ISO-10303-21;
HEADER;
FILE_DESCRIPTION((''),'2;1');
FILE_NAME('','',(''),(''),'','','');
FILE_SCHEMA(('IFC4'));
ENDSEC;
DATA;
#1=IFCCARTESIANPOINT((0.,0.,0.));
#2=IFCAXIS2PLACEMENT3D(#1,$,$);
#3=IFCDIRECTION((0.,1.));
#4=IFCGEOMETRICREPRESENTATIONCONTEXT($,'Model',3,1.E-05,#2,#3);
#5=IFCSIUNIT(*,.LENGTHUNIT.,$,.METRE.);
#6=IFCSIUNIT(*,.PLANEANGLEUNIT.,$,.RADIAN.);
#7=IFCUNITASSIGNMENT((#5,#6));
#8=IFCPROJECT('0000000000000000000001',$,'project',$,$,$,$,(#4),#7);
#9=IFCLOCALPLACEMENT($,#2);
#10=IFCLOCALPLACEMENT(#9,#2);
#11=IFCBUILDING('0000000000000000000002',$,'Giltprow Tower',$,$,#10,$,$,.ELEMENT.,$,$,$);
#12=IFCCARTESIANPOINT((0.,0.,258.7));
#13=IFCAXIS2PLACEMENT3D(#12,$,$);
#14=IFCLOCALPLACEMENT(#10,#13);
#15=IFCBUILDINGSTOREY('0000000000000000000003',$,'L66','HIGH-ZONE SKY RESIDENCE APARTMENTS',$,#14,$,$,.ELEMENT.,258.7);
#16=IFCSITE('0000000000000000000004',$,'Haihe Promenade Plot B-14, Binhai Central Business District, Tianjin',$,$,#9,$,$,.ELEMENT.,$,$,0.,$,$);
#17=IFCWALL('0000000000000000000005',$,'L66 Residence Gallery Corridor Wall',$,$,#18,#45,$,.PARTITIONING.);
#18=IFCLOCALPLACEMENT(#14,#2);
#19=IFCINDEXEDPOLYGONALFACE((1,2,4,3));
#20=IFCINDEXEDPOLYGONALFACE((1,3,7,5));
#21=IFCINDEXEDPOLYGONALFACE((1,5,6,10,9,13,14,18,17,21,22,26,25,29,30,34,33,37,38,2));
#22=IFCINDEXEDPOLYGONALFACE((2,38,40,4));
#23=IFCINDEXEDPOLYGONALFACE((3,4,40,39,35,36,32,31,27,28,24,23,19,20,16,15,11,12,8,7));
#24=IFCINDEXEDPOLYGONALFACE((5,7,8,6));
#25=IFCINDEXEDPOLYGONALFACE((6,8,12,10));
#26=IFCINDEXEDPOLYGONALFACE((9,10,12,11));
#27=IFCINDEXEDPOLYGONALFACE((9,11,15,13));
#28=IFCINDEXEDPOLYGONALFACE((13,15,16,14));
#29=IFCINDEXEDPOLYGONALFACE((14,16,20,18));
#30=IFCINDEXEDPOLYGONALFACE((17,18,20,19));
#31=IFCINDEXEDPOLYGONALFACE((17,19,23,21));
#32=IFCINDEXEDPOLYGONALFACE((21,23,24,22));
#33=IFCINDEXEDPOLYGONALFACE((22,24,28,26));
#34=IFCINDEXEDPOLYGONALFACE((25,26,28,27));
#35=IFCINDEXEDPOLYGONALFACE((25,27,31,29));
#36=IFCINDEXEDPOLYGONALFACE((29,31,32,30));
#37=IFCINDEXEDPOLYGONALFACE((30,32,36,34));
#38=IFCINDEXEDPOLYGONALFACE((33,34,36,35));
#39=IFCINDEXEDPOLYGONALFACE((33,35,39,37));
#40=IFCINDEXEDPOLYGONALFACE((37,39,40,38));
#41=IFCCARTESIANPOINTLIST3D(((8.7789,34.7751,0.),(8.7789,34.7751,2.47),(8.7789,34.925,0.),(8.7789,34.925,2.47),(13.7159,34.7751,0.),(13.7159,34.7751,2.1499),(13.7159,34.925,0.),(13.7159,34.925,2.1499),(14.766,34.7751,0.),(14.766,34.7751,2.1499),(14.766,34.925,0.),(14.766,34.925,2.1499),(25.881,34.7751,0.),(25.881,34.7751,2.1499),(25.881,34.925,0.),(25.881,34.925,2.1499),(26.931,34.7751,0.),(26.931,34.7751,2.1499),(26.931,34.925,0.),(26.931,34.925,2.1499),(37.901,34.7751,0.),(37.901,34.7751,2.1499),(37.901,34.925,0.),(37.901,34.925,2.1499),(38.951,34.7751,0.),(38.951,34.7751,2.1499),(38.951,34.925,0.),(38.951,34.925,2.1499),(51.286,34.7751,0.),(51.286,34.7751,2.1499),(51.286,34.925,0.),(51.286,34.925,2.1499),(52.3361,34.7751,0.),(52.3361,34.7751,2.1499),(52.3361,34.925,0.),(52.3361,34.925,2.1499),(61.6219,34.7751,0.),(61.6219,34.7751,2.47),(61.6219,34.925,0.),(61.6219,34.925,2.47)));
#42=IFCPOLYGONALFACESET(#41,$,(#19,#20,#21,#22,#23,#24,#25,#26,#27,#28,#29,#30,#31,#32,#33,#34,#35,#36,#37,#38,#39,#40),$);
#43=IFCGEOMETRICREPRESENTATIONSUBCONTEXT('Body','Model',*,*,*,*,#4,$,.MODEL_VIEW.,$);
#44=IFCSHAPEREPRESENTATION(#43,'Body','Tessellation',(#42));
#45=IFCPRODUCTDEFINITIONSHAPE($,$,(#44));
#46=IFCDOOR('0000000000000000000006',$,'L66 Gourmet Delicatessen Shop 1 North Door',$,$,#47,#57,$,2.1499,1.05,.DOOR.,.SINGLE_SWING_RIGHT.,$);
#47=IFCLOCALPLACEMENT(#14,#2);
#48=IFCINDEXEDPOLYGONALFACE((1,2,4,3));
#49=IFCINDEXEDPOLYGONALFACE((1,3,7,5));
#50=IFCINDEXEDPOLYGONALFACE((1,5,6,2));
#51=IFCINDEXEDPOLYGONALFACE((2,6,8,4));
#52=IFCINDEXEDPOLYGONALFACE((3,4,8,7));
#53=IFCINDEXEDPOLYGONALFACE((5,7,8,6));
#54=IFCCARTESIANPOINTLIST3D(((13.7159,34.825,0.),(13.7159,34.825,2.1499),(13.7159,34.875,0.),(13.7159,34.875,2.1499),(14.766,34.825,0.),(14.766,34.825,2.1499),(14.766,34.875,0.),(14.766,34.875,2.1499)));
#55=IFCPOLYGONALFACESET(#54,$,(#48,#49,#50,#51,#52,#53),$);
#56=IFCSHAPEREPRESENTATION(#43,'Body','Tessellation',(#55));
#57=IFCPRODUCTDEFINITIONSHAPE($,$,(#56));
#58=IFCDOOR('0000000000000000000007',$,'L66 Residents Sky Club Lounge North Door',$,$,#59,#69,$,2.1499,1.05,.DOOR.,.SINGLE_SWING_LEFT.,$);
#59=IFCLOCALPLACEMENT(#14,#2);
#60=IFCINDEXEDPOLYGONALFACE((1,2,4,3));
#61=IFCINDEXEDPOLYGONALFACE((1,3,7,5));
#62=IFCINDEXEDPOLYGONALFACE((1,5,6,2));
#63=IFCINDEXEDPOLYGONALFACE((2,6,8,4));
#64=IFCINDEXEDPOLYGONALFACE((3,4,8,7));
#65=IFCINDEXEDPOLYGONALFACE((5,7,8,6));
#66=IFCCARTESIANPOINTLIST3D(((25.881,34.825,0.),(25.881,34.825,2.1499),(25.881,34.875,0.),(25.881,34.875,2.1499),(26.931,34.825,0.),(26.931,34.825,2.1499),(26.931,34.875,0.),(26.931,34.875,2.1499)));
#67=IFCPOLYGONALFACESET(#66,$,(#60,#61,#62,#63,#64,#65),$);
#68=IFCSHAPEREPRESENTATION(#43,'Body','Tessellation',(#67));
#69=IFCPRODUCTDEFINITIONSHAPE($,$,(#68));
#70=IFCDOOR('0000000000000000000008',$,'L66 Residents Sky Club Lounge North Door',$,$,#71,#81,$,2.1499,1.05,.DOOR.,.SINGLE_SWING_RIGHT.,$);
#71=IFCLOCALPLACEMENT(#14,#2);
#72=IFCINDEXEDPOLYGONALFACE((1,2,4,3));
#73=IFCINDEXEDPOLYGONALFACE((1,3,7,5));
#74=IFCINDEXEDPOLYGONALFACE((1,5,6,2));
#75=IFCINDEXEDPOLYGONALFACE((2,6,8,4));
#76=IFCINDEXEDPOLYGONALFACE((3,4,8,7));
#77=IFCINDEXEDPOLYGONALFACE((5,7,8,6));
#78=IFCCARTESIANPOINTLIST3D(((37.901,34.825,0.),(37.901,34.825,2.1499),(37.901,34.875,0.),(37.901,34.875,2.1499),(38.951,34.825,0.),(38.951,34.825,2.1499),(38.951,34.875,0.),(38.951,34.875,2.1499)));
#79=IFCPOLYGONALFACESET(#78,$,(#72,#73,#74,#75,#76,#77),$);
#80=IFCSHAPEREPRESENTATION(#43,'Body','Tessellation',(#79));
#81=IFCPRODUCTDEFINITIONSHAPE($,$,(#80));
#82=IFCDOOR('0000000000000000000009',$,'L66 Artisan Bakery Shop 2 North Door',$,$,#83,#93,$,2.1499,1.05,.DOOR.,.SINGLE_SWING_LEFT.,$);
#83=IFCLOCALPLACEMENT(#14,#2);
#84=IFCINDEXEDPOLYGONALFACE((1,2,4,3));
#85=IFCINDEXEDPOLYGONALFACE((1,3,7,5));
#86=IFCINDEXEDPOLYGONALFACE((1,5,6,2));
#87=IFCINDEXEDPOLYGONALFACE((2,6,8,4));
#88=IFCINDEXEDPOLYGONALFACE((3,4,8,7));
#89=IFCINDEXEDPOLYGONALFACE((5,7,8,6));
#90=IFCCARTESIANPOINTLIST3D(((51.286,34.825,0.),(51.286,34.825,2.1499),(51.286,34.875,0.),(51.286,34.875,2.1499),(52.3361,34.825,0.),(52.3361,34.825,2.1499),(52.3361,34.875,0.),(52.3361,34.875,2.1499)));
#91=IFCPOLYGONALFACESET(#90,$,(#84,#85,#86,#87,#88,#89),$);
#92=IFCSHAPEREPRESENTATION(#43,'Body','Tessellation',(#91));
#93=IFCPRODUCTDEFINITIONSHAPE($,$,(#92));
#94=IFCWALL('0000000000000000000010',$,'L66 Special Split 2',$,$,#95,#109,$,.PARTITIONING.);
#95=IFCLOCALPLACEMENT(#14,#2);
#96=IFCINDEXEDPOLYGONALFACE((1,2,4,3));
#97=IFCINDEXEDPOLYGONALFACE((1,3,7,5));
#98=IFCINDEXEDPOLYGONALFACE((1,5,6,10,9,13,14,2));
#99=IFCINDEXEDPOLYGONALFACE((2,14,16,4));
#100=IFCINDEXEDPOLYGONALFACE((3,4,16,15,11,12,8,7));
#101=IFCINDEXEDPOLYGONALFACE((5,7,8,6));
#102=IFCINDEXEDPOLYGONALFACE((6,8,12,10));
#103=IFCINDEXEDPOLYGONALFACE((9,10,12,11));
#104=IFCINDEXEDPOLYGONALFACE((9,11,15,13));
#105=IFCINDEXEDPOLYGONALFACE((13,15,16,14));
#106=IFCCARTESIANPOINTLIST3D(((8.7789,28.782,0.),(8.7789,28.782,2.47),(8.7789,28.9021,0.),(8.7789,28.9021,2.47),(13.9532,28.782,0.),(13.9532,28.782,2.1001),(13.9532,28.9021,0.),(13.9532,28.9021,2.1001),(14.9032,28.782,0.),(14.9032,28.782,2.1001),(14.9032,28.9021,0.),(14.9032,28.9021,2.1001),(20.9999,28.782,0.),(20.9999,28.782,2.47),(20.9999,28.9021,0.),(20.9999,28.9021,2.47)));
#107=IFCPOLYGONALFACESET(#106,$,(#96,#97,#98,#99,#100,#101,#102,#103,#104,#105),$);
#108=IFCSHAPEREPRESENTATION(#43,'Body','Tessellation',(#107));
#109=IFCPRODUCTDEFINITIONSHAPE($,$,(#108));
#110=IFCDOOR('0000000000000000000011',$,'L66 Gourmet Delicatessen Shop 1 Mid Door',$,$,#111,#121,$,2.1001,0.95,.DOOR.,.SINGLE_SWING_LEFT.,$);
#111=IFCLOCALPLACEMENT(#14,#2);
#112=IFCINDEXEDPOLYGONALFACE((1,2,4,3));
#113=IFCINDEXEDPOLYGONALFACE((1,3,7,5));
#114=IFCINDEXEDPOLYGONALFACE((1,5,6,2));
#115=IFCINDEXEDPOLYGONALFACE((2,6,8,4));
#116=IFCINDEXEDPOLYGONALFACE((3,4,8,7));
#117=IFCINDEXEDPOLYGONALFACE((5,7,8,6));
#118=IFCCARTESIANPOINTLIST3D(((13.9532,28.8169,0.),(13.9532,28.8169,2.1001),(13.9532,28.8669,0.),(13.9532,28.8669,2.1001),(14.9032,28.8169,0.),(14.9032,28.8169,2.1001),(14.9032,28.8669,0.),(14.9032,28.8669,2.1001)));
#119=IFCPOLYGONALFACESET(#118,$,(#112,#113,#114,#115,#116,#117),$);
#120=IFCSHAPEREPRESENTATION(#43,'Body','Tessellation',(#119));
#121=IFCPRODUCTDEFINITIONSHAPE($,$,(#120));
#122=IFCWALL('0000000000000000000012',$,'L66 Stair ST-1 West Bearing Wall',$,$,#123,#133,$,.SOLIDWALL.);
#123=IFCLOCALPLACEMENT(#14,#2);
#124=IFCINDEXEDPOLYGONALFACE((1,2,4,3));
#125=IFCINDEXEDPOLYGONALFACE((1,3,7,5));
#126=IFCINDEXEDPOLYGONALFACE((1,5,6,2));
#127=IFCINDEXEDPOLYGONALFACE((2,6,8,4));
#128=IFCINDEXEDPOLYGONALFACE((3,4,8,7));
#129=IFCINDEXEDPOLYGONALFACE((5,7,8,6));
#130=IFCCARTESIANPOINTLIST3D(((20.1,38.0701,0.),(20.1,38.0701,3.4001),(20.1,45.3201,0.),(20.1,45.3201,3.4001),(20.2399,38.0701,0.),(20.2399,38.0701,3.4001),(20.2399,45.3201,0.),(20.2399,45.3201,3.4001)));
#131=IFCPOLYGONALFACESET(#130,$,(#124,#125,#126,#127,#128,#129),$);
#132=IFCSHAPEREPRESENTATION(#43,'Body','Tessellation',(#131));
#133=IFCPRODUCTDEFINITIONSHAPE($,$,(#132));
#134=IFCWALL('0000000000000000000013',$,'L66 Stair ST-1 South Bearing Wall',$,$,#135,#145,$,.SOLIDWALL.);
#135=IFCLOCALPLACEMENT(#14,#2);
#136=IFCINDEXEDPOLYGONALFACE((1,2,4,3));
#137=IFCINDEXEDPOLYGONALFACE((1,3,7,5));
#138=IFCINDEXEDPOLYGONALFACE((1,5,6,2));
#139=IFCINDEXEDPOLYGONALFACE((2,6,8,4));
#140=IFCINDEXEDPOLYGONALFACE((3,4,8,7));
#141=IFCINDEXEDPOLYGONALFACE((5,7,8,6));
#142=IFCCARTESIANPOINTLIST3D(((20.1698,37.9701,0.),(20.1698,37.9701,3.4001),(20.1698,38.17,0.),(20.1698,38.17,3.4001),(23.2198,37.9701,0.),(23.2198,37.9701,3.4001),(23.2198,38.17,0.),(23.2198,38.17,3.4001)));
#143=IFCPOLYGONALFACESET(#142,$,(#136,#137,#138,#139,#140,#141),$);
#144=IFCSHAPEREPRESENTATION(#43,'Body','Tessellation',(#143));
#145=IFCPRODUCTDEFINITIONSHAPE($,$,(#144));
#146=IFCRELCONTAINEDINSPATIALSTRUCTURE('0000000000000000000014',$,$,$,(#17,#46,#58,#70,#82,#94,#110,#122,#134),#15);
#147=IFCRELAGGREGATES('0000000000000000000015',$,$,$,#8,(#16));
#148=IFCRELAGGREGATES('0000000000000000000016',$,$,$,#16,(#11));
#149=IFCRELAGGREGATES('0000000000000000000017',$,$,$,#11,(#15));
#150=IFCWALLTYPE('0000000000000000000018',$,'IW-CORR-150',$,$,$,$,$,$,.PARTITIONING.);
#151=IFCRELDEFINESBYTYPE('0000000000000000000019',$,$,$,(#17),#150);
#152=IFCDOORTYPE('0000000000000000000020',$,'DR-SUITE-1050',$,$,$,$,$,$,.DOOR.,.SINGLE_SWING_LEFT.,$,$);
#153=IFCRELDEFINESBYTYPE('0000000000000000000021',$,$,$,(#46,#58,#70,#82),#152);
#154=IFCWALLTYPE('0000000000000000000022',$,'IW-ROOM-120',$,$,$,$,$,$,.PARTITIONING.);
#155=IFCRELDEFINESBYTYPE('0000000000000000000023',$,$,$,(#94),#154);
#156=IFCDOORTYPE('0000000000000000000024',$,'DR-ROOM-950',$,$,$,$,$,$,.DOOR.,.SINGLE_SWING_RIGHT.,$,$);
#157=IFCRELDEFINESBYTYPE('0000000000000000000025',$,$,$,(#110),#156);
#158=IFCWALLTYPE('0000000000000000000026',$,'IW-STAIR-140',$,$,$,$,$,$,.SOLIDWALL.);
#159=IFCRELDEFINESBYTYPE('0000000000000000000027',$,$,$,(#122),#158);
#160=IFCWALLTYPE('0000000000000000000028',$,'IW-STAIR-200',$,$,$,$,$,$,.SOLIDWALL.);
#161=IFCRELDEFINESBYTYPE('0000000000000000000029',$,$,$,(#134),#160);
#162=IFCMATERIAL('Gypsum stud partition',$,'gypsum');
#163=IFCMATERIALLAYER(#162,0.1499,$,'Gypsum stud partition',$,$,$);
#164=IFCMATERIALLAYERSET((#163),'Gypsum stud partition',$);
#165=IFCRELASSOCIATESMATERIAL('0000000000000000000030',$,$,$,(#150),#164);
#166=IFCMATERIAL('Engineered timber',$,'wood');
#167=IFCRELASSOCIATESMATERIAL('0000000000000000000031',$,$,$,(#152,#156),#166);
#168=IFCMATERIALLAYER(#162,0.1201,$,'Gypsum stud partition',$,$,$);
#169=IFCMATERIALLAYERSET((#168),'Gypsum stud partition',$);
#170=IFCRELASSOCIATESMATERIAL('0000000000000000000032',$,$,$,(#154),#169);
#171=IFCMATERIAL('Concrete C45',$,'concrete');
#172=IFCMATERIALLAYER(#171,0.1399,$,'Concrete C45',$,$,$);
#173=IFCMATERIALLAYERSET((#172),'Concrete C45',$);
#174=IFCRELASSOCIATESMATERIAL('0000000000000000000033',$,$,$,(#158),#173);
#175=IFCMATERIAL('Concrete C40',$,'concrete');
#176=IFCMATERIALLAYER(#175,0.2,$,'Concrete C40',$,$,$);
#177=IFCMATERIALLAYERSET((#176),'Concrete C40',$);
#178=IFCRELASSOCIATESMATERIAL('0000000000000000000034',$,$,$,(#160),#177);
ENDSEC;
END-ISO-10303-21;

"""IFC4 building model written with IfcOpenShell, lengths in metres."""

from ifc_helpers import new_model, si_unit, direction, frame, frame_2d, origin, place, context, subcontext, project, spatial, rectangle, extrude, source, transform, mapped, material, layer, layer_set, type_object, element, fill, save


model = new_model("IFC4")

# Units and contexts
model_context = context("Model", 3, precision=1e-05, world=origin(), true_north=direction((0.0, 1.0)))
body_context = subcontext(model_context, "Body", "Model", "MODEL_VIEW")
ifc_project = project(units=[si_unit("LENGTHUNIT", "METRE"), si_unit("PLANEANGLEUNIT", "RADIAN")], contexts=[model_context])

# Site, building, storey
site_placement = place(None, origin())
site = spatial("IfcSite", under=ifc_project, at=site_placement, Name="Haihe Promenade Plot B-14, Binhai Central Business District, Tianjin", CompositionType="ELEMENT", RefElevation=0.0)
building_placement = place(site_placement, origin())
building = spatial("IfcBuilding", under=site, at=building_placement, Name="Giltprow Tower", CompositionType="ELEMENT")
storey_placement = place(building_placement, frame((0.0, 0.0, 258.7)))
storey = spatial("IfcBuildingStorey", under=building, at=storey_placement, Name="L66", Description="HIGH-ZONE SKY RESIDENCE APARTMENTS", CompositionType="ELEMENT", Elevation=258.7)

# Shared definitions
ifc_material_1 = material(Name="Concrete C45", Category="concrete")

# Wall, openings, doors
ifc_material_2 = material(Name="Gypsum stud partition", Category="gypsum")
ifc_layer_1 = layer(ifc_material_2, 0.1499, Name="Gypsum stud partition")
ifc_layer_set_1 = layer_set([ifc_layer_1], Name="Gypsum stud partition")
wall_type_1 = type_object("IfcWallType", Name="IW-CORR-150", PredefinedType="PARTITIONING", material=ifc_layer_set_1)
wall_1_placement = place(storey_placement, frame((8.7791, 34.8501, 0.0), z_axis=(0.0, 0.0, 1.0), x_axis=(1.0, 0.0, 0.0)))
wall_1 = element("IfcWall", 1, at=wall_1_placement, inside=storey, type_object=wall_type_1, Name="L66 Residence Gallery Corridor Wall", PredefinedType="PARTITIONING", context=body_context, shape_type="SweptSolid", body=[
    extrude(rectangle(XDim=52.843, YDim=0.1499, at=frame_2d((26.4214, 0.0))), origin(), (0.0, 0.0, 1.0), 2.47),
])
opening_1_placement = place(wall_1_placement, frame((4.937, 0.0, 0.0)))
opening_1 = element("IfcOpeningElement", 2, at=opening_1_placement, cuts=wall_1, PredefinedType="OPENING", context=body_context, shape_type="SweptSolid", body=[
    extrude(rectangle(XDim=1.05, YDim=2.1499, at=frame_2d((0.5249, 1.075))), frame((0.0, 0.085, 0.0), z_axis=(0.0, -1.0, 0.0), x_axis=(1.0, 0.0, 0.0)), (0.0, 0.0, 1.0), 0.1699),
])
opening_2_placement = place(wall_1_placement, frame((17.1021, 0.0, 0.0)))
opening_2 = element("IfcOpeningElement", 3, at=opening_2_placement, cuts=wall_1, PredefinedType="OPENING", context=body_context, shape_type="SweptSolid", body=[
    extrude(rectangle(XDim=1.05, YDim=2.1499, at=frame_2d((0.5249, 1.075))), frame((0.0, 0.085, 0.0), z_axis=(0.0, -1.0, 0.0), x_axis=(1.0, 0.0, 0.0)), (0.0, 0.0, 1.0), 0.1699),
])
opening_3_placement = place(wall_1_placement, frame((29.1221, 0.0, 0.0)))
opening_3 = element("IfcOpeningElement", 4, at=opening_3_placement, cuts=wall_1, PredefinedType="OPENING", context=body_context, shape_type="SweptSolid", body=[
    extrude(rectangle(XDim=1.05, YDim=2.1499, at=frame_2d((0.5249, 1.075))), frame((0.0, 0.085, 0.0), z_axis=(0.0, -1.0, 0.0), x_axis=(1.0, 0.0, 0.0)), (0.0, 0.0, 1.0), 0.1699),
])
opening_4_placement = place(wall_1_placement, frame((42.5071, 0.0, 0.0)))
opening_4 = element("IfcOpeningElement", 5, at=opening_4_placement, cuts=wall_1, PredefinedType="OPENING", context=body_context, shape_type="SweptSolid", body=[
    extrude(rectangle(XDim=1.05, YDim=2.1499, at=frame_2d((0.5249, 1.075))), frame((0.0, 0.085, 0.0), z_axis=(0.0, -1.0, 0.0), x_axis=(1.0, 0.0, 0.0)), (0.0, 0.0, 1.0), 0.1699),
])
ifc_material_3 = material(Name="Engineered timber", Category="wood")
door_type_1 = type_object("IfcDoorType", Name="DR-SUITE-1050", OperationType="SINGLE_SWING_LEFT", PredefinedType="DOOR", material=ifc_material_3)
shared_shape_1 = source(origin(), body_context, "Body", "SweptSolid", [
    extrude(rectangle(XDim=1.05, YDim=2.1499, at=frame_2d((0.5249, 1.075))), frame((0.0, 0.0249, 0.0), z_axis=(0.0, -1.0, 0.0), x_axis=(1.0, 0.0, 0.0)), (0.0, 0.0, 1.0), 0.05),
])
door_1_placement = place(opening_1_placement, origin())
door_1 = element("IfcDoor", 6, at=door_1_placement, inside=storey, type_object=door_type_1, Name="L66 Gourmet Delicatessen Shop 1 North Door", OperationType="SINGLE_SWING_RIGHT", OverallHeight=2.1499, OverallWidth=1.05, PredefinedType="DOOR", context=body_context, shape_type="MappedRepresentation", body=[
    mapped(shared_shape_1, transform((0.0, 0.0, 0.0), x_axis=(1.0, 0.0, 0.0), y_axis=(0.0, 1.0, 0.0), z_axis=(0.0, 0.0, 1.0), scale=1.0)),
])
fill(opening_1, door_1)
door_2_placement = place(opening_2_placement, origin())
door_2 = element("IfcDoor", 7, at=door_2_placement, inside=storey, type_object=door_type_1, Name="L66 Residents Sky Club Lounge North Door", OperationType="SINGLE_SWING_LEFT", OverallHeight=2.1499, OverallWidth=1.05, PredefinedType="DOOR", context=body_context, shape_type="MappedRepresentation", body=[
    mapped(shared_shape_1, transform((0.0, 0.0, 0.0), x_axis=(1.0, 0.0, 0.0), y_axis=(0.0, 1.0, 0.0), z_axis=(0.0, 0.0, 1.0), scale=1.0)),
])
fill(opening_2, door_2)
door_3_placement = place(opening_3_placement, origin())
door_3 = element("IfcDoor", 8, at=door_3_placement, inside=storey, type_object=door_type_1, Name="L66 Residents Sky Club Lounge North Door", OperationType="SINGLE_SWING_RIGHT", OverallHeight=2.1499, OverallWidth=1.05, PredefinedType="DOOR", context=body_context, shape_type="MappedRepresentation", body=[
    mapped(shared_shape_1, transform((0.0, 0.0, 0.0), x_axis=(1.0, 0.0, 0.0), y_axis=(0.0, 1.0, 0.0), z_axis=(0.0, 0.0, 1.0), scale=1.0)),
])
fill(opening_3, door_3)
door_4_placement = place(opening_4_placement, origin())
door_4 = element("IfcDoor", 9, at=door_4_placement, inside=storey, type_object=door_type_1, Name="L66 Artisan Bakery Shop 2 North Door", OperationType="SINGLE_SWING_LEFT", OverallHeight=2.1499, OverallWidth=1.05, PredefinedType="DOOR", context=body_context, shape_type="MappedRepresentation", body=[
    mapped(shared_shape_1, transform((0.0, 0.0, 0.0), x_axis=(1.0, 0.0, 0.0), y_axis=(0.0, 1.0, 0.0), z_axis=(0.0, 0.0, 1.0), scale=1.0)),
])
fill(opening_4, door_4)

# Wall, opening, door
ifc_layer_2 = layer(ifc_material_2, 0.1201, Name="Gypsum stud partition")
ifc_layer_set_2 = layer_set([ifc_layer_2], Name="Gypsum stud partition")
wall_type_2 = type_object("IfcWallType", Name="IW-ROOM-120", PredefinedType="PARTITIONING", material=ifc_layer_set_2)
wall_2_placement = place(storey_placement, frame((8.7791, 28.842, 0.0), z_axis=(0.0, 0.0, 1.0), x_axis=(1.0, 0.0, 0.0)))
wall_2 = element("IfcWall", 10, at=wall_2_placement, inside=storey, type_object=wall_type_2, Name="L66 Special Split 2", PredefinedType="PARTITIONING", context=body_context, shape_type="SweptSolid", body=[
    extrude(rectangle(XDim=12.2209, YDim=0.1201, at=frame_2d((6.1104, 0.0))), origin(), (0.0, 0.0, 1.0), 2.47),
])
opening_5_placement = place(wall_2_placement, frame((5.1741, 0.0, 0.0)))
opening_5 = element("IfcOpeningElement", 11, at=opening_5_placement, cuts=wall_2, PredefinedType="OPENING", context=body_context, shape_type="SweptSolid", body=[
    extrude(rectangle(XDim=0.95, YDim=2.1001, at=frame_2d((0.4751, 1.05))), frame((0.0, 0.0701, 0.0), z_axis=(0.0, -1.0, 0.0), x_axis=(1.0, 0.0, 0.0)), (0.0, 0.0, 1.0), 0.1401),
])
door_type_2 = type_object("IfcDoorType", Name="DR-ROOM-950", OperationType="SINGLE_SWING_RIGHT", PredefinedType="DOOR", material=ifc_material_3)
shared_shape_2 = source(origin(), body_context, "Body", "SweptSolid", [
    extrude(rectangle(XDim=0.95, YDim=2.1001, at=frame_2d((0.4751, 1.05))), frame((0.0, 0.0249, 0.0), z_axis=(0.0, -1.0, 0.0), x_axis=(1.0, 0.0, 0.0)), (0.0, 0.0, 1.0), 0.05),
])
door_5_placement = place(opening_5_placement, origin())
door_5 = element("IfcDoor", 12, at=door_5_placement, inside=storey, type_object=door_type_2, Name="L66 Gourmet Delicatessen Shop 1 Mid Door", OperationType="SINGLE_SWING_LEFT", OverallHeight=2.1001, OverallWidth=0.95, PredefinedType="DOOR", context=body_context, shape_type="MappedRepresentation", body=[
    mapped(shared_shape_2, transform((0.0, 0.0, 0.0), x_axis=(1.0, 0.0, 0.0), y_axis=(0.0, 1.0, 0.0), z_axis=(0.0, 0.0, 1.0), scale=1.0)),
])
fill(opening_5, door_5)

# Walls
ifc_layer_3 = layer(ifc_material_1, 0.1399, Name="Concrete C45")
ifc_layer_set_3 = layer_set([ifc_layer_3], Name="Concrete C45")
wall_type_3 = type_object("IfcWallType", Name="IW-STAIR-140", PredefinedType="SOLIDWALL", material=ifc_layer_set_3)
wall_3_placement = place(storey_placement, frame((20.1699, 38.0701, 0.0), z_axis=(0.0, 0.0, 1.0), x_axis=(0.0, 1.0, 0.0)))
element("IfcWall", 13, at=wall_3_placement, inside=storey, type_object=wall_type_3, Name="L66 Stair ST-1 West Bearing Wall", PredefinedType="SOLIDWALL", context=body_context, shape_type="SweptSolid", body=[
    extrude(rectangle(XDim=7.25, YDim=0.1399, at=frame_2d((3.625, 0.0))), origin(), (0.0, 0.0, 1.0), 3.4001),
])
ifc_material_4 = material(Name="Concrete C40", Category="concrete")
ifc_layer_4 = layer(ifc_material_4, 0.2, Name="Concrete C40")
ifc_layer_set_4 = layer_set([ifc_layer_4], Name="Concrete C40")
wall_type_4 = type_object("IfcWallType", Name="IW-STAIR-200", PredefinedType="SOLIDWALL", material=ifc_layer_set_4)
wall_4_placement = place(storey_placement, frame((20.1699, 38.0701, 0.0), z_axis=(0.0, 0.0, 1.0), x_axis=(1.0, 0.0, 0.0)))
element("IfcWall", 14, at=wall_4_placement, inside=storey, type_object=wall_type_4, Name="L66 Stair ST-1 South Bearing Wall", PredefinedType="SOLIDWALL", context=body_context, shape_type="SweptSolid", body=[
    extrude(rectangle(XDim=3.05, YDim=0.2, at=frame_2d((1.5249, 0.0))), origin(), (0.0, 0.0, 1.0), 3.4001),
])

save(model, "model.ifc")
